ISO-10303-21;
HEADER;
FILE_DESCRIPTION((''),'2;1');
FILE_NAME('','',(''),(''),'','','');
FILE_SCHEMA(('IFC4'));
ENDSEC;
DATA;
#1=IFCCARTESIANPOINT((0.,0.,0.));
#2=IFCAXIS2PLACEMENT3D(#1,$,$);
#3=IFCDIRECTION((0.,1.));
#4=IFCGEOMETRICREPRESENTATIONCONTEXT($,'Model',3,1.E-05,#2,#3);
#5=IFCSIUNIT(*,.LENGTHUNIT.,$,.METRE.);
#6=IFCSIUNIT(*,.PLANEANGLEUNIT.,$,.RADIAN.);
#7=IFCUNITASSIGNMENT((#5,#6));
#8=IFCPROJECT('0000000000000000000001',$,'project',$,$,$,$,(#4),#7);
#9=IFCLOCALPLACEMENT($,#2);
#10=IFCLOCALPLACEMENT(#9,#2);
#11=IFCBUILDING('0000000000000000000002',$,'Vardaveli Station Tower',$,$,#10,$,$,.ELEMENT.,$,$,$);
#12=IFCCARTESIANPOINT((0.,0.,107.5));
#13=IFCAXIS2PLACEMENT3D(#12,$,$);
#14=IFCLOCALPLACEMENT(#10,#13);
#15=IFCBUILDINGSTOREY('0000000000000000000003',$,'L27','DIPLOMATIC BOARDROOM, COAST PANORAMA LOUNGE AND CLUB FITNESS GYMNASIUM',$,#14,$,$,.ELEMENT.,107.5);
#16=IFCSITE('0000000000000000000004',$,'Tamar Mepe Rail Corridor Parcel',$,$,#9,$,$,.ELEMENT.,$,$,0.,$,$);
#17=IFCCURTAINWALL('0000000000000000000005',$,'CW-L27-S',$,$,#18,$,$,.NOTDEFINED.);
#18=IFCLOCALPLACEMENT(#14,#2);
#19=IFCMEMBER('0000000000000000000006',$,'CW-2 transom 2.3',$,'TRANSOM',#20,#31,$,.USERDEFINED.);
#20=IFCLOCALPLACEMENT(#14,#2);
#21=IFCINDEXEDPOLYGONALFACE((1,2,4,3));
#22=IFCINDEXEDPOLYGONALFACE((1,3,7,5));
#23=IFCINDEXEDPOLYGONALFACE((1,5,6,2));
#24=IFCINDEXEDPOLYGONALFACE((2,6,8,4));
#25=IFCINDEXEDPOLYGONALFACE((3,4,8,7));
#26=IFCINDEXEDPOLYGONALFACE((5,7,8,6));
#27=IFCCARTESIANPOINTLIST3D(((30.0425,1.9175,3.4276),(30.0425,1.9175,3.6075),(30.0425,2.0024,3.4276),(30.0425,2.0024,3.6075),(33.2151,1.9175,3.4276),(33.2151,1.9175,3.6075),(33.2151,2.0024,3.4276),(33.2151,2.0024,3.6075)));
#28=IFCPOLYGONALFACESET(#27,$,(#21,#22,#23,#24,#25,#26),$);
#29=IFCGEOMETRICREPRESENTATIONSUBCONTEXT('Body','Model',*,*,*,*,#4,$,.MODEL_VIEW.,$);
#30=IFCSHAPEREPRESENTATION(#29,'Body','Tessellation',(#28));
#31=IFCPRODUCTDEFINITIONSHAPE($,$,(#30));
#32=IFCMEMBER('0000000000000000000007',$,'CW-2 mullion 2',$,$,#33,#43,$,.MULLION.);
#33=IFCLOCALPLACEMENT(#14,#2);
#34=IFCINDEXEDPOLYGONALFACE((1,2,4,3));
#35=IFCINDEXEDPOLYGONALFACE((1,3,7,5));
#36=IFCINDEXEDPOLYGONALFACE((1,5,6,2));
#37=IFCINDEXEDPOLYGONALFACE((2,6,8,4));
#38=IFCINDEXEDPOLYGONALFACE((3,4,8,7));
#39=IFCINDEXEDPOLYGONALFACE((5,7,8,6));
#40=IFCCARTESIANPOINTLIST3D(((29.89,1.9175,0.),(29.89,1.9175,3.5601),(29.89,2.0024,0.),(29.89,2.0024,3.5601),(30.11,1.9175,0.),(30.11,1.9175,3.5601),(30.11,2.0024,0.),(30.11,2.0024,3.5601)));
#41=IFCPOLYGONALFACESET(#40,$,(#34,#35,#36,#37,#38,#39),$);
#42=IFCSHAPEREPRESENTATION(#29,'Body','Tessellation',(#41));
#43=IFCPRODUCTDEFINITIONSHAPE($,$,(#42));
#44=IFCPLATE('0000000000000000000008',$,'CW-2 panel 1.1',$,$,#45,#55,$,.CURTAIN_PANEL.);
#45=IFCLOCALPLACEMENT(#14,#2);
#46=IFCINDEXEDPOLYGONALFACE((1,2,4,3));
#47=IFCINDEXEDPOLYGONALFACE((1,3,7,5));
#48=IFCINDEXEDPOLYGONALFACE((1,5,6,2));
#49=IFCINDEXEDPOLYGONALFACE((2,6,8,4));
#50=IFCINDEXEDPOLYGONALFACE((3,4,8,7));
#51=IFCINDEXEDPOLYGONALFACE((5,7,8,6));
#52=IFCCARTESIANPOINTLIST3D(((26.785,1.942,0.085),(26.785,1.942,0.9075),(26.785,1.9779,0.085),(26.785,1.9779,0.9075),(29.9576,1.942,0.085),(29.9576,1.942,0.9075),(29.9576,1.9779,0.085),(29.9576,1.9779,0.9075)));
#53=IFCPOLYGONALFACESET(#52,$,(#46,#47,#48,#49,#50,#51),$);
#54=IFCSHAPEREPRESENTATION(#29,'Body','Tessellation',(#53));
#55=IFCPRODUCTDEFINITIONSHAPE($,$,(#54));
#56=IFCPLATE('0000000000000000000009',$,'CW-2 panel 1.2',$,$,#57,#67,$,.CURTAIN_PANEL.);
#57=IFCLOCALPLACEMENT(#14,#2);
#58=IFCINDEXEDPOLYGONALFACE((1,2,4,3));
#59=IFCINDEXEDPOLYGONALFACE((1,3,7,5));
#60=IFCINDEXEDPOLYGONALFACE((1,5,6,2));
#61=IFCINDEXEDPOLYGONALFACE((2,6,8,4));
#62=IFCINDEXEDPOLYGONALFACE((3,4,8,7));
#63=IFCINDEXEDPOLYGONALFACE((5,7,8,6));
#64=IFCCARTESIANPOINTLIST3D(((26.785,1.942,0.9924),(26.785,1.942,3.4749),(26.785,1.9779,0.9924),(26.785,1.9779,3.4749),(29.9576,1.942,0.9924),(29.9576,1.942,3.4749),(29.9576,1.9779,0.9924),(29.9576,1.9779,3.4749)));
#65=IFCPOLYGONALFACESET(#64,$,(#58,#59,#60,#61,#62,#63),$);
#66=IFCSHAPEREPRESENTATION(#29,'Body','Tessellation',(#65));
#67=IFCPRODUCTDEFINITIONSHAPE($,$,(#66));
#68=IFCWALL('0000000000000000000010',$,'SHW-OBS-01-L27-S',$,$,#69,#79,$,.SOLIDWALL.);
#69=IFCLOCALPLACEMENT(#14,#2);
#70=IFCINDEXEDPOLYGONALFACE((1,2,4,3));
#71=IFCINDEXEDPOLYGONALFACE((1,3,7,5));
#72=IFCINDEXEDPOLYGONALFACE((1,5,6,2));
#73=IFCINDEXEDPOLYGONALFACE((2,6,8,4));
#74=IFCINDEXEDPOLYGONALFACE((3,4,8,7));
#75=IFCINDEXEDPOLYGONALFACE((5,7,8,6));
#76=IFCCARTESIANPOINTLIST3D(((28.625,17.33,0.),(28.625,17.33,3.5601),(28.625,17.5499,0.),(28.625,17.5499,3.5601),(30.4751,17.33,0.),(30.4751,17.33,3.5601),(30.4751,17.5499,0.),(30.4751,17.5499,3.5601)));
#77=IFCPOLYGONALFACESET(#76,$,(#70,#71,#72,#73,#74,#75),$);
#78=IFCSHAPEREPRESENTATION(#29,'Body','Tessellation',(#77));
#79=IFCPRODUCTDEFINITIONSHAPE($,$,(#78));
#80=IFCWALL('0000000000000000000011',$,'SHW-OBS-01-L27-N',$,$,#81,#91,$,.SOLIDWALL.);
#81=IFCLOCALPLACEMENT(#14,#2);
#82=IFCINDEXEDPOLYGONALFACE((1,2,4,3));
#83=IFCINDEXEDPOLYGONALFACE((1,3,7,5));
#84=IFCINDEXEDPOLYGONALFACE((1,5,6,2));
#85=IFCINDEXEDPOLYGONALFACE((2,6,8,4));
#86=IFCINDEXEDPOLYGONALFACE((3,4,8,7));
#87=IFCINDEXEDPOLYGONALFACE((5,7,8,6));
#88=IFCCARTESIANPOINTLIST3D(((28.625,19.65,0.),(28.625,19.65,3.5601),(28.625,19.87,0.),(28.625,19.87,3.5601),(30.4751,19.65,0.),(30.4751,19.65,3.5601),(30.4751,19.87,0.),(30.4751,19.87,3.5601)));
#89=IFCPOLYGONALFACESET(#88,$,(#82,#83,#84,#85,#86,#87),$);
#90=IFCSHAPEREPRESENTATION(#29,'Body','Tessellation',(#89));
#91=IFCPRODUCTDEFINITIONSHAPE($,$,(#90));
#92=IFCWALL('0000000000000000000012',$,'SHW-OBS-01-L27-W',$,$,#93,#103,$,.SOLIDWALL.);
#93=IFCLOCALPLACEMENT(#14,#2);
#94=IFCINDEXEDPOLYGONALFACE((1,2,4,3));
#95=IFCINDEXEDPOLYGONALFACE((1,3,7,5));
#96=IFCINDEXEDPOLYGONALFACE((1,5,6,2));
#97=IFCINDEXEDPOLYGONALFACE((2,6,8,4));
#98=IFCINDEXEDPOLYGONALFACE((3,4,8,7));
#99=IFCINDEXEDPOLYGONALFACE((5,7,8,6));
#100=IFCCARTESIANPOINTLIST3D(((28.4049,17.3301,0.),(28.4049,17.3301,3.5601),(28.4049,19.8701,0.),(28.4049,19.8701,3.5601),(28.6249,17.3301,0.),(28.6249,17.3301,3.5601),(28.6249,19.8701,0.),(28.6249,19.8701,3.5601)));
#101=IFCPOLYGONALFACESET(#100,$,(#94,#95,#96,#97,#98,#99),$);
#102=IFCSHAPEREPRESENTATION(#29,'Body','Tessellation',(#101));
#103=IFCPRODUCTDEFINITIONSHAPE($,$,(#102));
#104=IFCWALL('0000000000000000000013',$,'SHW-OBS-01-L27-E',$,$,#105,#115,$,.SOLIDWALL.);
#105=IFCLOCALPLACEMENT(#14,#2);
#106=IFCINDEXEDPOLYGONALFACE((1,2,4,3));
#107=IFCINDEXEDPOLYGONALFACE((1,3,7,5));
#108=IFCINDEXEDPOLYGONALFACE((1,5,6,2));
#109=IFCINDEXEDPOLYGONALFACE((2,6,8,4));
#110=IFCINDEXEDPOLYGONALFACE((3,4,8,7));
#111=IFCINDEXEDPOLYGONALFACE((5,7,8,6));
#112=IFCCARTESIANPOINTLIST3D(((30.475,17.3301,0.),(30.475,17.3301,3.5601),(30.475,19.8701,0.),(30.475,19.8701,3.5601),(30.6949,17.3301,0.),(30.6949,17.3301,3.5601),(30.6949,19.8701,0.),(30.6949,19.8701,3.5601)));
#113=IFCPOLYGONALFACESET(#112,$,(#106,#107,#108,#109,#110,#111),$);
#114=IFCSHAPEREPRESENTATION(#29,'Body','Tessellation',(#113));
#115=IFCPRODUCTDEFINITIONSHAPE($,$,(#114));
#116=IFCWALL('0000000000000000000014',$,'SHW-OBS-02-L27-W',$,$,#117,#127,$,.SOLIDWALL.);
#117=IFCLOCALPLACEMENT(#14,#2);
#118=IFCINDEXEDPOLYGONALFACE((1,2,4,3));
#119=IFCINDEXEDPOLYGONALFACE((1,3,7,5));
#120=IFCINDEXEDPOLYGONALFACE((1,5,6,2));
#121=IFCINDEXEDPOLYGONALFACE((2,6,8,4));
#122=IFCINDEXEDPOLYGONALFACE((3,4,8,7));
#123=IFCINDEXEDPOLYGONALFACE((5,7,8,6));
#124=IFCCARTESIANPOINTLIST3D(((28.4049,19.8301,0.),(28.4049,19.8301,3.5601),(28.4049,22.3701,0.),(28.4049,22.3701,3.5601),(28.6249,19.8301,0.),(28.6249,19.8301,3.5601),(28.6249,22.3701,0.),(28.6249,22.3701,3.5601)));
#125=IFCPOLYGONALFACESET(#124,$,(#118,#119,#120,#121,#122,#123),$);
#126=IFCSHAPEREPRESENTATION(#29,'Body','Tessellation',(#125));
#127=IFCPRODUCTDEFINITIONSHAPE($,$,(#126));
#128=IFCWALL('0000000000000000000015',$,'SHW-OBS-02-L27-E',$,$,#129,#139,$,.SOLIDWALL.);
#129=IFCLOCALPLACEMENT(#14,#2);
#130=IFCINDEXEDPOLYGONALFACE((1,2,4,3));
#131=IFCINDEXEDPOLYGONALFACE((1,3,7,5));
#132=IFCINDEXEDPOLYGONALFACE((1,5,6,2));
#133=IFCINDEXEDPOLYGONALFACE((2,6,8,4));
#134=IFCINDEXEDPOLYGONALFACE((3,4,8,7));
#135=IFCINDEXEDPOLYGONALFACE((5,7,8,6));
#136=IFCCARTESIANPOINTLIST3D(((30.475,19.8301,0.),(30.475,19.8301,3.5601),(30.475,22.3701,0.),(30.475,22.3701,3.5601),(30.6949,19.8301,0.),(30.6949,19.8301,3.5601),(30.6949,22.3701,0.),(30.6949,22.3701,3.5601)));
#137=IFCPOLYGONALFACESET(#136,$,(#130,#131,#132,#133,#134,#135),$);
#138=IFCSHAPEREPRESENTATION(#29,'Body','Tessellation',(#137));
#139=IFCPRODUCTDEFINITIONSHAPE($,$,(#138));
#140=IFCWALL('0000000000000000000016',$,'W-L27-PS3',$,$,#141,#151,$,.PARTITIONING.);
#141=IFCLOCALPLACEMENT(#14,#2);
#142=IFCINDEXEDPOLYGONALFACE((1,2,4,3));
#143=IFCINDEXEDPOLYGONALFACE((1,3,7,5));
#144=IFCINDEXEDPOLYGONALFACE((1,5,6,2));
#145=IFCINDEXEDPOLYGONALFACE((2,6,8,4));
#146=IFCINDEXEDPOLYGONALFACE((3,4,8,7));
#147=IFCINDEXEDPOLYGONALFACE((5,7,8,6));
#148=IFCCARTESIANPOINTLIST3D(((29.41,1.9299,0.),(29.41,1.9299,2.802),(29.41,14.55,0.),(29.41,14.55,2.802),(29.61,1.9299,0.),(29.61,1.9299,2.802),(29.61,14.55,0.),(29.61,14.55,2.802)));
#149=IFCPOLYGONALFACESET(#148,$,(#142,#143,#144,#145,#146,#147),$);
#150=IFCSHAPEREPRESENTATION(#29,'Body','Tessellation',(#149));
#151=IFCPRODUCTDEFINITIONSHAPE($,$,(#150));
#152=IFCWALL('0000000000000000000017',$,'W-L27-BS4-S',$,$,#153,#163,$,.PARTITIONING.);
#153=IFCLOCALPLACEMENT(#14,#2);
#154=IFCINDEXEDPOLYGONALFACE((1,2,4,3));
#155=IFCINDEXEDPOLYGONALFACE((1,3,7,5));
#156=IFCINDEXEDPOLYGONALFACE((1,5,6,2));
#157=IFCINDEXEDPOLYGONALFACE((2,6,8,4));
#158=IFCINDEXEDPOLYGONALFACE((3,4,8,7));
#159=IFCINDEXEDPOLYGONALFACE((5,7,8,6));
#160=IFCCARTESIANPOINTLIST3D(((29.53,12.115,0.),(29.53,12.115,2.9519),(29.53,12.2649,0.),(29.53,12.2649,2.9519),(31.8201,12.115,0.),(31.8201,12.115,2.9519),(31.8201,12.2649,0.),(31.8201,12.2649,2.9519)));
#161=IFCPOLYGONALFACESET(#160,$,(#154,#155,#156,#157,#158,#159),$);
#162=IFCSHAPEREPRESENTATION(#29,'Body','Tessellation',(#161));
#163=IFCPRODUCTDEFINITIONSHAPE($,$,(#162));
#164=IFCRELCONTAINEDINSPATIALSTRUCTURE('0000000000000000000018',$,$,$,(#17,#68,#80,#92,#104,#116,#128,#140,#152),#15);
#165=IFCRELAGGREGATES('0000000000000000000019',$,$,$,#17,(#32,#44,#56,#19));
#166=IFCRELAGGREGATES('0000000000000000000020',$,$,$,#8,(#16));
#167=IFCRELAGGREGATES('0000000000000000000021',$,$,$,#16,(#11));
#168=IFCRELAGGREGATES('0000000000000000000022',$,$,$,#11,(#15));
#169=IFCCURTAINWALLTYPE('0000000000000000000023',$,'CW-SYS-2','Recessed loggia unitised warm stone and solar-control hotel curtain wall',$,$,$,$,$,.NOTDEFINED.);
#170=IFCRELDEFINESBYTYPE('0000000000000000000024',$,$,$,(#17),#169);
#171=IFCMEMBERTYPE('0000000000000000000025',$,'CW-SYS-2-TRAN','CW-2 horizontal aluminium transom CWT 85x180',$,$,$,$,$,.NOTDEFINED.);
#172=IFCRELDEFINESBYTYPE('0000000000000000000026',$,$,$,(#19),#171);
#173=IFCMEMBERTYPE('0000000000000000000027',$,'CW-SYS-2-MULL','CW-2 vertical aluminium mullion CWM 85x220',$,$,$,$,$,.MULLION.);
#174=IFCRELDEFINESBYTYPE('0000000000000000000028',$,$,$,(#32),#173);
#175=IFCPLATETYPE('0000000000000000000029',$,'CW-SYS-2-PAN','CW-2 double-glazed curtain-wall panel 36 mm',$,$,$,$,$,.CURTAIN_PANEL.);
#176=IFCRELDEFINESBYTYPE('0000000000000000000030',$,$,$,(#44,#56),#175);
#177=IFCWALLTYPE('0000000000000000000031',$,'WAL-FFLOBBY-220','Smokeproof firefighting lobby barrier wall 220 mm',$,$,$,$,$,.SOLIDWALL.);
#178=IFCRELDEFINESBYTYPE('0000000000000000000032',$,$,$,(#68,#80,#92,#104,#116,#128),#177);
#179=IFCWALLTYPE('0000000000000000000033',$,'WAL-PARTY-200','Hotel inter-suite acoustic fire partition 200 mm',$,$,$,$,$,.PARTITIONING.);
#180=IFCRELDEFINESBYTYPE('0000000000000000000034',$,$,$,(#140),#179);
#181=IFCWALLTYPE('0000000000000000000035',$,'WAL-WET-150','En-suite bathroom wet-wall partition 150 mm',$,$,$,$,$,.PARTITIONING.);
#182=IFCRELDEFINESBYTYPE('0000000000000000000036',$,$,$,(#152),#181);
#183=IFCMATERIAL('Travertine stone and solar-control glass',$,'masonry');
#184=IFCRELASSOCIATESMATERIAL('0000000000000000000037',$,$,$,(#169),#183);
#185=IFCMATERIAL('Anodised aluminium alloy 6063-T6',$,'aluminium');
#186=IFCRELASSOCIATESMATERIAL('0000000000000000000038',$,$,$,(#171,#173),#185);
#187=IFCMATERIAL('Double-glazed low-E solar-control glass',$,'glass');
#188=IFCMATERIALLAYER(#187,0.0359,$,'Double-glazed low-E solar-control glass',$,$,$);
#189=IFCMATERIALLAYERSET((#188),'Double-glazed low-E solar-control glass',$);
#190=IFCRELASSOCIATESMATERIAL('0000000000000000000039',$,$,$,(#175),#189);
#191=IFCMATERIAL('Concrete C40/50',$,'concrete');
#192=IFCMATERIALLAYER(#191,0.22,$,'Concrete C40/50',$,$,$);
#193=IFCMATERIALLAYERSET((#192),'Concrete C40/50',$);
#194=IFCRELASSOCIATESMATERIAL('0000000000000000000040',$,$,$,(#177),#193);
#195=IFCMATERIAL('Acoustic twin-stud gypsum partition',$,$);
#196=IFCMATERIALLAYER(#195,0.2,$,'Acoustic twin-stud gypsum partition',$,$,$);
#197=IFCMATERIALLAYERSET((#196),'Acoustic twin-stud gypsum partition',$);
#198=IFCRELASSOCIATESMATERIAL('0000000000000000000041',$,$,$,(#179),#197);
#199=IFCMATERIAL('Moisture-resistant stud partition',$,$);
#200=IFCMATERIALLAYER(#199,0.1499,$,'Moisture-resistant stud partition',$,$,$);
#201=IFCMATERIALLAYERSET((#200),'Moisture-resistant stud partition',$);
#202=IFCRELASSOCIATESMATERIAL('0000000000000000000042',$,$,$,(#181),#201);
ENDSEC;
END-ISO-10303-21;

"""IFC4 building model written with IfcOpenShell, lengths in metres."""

from ifc_helpers import new_model, si_unit, direction, frame, frame_2d, origin, origin_2d, place, context, subcontext, project, spatial, rectangle, extrude, source, transform, mapped, material, layer, layer_set, material_profile, profile_set, type_object, element, aggregate, save


model = new_model("IFC4")

# Units and contexts
model_context = context("Model", 3, precision=1e-05, world=origin(), true_north=direction((0.0, 1.0)))
body_context = subcontext(model_context, "Body", "Model", "MODEL_VIEW")
ifc_project = project(units=[si_unit("LENGTHUNIT", "METRE"), si_unit("PLANEANGLEUNIT", "RADIAN")], contexts=[model_context])

# Site, building, storey
site_placement = place(None, origin())
site = spatial("IfcSite", under=ifc_project, at=site_placement, Name="Tamar Mepe Rail Corridor Parcel", CompositionType="ELEMENT", RefElevation=0.0)
building_placement = place(site_placement, origin())
building = spatial("IfcBuilding", under=site, at=building_placement, Name="Vardaveli Station Tower", CompositionType="ELEMENT")
storey_placement = place(building_placement, frame((0.0, 0.0, 107.5)))
storey = spatial("IfcBuildingStorey", under=building, at=storey_placement, Name="L27", Description="DIPLOMATIC BOARDROOM, COAST PANORAMA LOUNGE AND CLUB FITNESS GYMNASIUM", CompositionType="ELEMENT", Elevation=107.5)

# Curtain wall, members, plates
ifc_material_1 = material(Name="Travertine stone and solar-control glass", Category="masonry")
curtain_wall_type = type_object("IfcCurtainWallType", Name="CW-SYS-2", Description="Recessed loggia unitised warm stone and solar-control hotel curtain wall", PredefinedType="NOTDEFINED", material=ifc_material_1)
curtain_wall_placement = place(storey_placement, origin())
curtain_wall = element("IfcCurtainWall", 1, at=curtain_wall_placement, inside=storey, type_object=curtain_wall_type, Name="CW-L27-S", PredefinedType="NOTDEFINED")
ifc_material_2 = material(Name="Anodised aluminium alloy 6063-T6", Category="aluminium")
ifc_material_profile_1 = material_profile(ifc_material_2, rectangle(XDim=0.085, YDim=0.1799, at=origin_2d()), Name="CWT 85x180")
ifc_profile_set_1 = profile_set([ifc_material_profile_1], Name="Anodised aluminium alloy 6063-T6")
member_type_1 = type_object("IfcMemberType", Name="CW-SYS-2-TRAN", Description="CW-2 horizontal aluminium transom CWT 85x180", PredefinedType="NOTDEFINED", material=ifc_profile_set_1)
shared_shape_1 = source(origin(), body_context, "Body", "SweptSolid", [
    extrude(rectangle(XDim=0.085, YDim=0.1799, at=origin_2d()), origin(), (0.0, 0.0, 1.0), 3.1726),
])
member_1_placement = place(storey_placement, frame((30.0425, 1.96, 3.5176), z_axis=(1.0, 0.0, 0.0), x_axis=(0.0, 1.0, 0.0)))
member_1 = element("IfcMember", 2, at=member_1_placement, type_object=member_type_1, Name="CW-2 transom 2.3", ObjectType="TRANSOM", PredefinedType="USERDEFINED", context=body_context, shape_type="MappedRepresentation", body=[
    mapped(shared_shape_1, transform((0.0, 0.0, 0.0), scale=1.0)),
])
ifc_material_profile_2 = material_profile(ifc_material_2, rectangle(XDim=0.085, YDim=0.22, at=origin_2d()), Name="CWM 85x220")
ifc_profile_set_2 = profile_set([ifc_material_profile_2], Name="Anodised aluminium alloy 6063-T6")
member_type_2 = type_object("IfcMemberType", Name="CW-SYS-2-MULL", Description="CW-2 vertical aluminium mullion CWM 85x220", PredefinedType="MULLION", material=ifc_profile_set_2)
shared_shape_2 = source(origin(), body_context, "Body", "SweptSolid", [
    extrude(rectangle(XDim=0.085, YDim=0.22, at=origin_2d()), origin(), (0.0, 0.0, 1.0), 3.5601),
])
member_2_placement = place(storey_placement, frame((30.0, 1.96, 0.0), z_axis=(0.0, 0.0, 1.0), x_axis=(0.0, 1.0, 0.0)))
member_2 = element("IfcMember", 3, at=member_2_placement, type_object=member_type_2, Name="CW-2 mullion 2", PredefinedType="MULLION", context=body_context, shape_type="MappedRepresentation", body=[
    mapped(shared_shape_2, transform((0.0, 0.0, 0.0), scale=1.0)),
])
ifc_material_3 = material(Name="Double-glazed low-E solar-control glass", Category="glass")
ifc_layer_1 = layer(ifc_material_3, 0.0359, Name="Double-glazed low-E solar-control glass")
ifc_layer_set_1 = layer_set([ifc_layer_1], Name="Double-glazed low-E solar-control glass")
plate_type = type_object("IfcPlateType", Name="CW-SYS-2-PAN", Description="CW-2 double-glazed curtain-wall panel 36 mm", PredefinedType="CURTAIN_PANEL", material=ifc_layer_set_1)
shared_shape_3 = source(origin(), body_context, "Body", "SweptSolid", [
    extrude(rectangle(XDim=3.1726, YDim=0.0359, at=origin_2d()), origin(), (0.0, 0.0, 1.0), 0.8225),
])
plate_1_placement = place(storey_placement, frame((28.3713, 1.96, 0.085), z_axis=(0.0, 0.0, 1.0), x_axis=(1.0, 0.0, 0.0)))
plate_1 = element("IfcPlate", 4, at=plate_1_placement, type_object=plate_type, Name="CW-2 panel 1.1", PredefinedType="CURTAIN_PANEL", context=body_context, shape_type="MappedRepresentation", body=[
    mapped(shared_shape_3, transform((0.0, 0.0, 0.0), scale=1.0)),
])
shared_shape_4 = source(origin(), body_context, "Body", "SweptSolid", [
    extrude(rectangle(XDim=3.1726, YDim=0.0359, at=origin_2d()), origin(), (0.0, 0.0, 1.0), 2.4824),
])
plate_2_placement = place(storey_placement, frame((28.3713, 1.96, 0.9924), z_axis=(0.0, 0.0, 1.0), x_axis=(1.0, 0.0, 0.0)))
plate_2 = element("IfcPlate", 5, at=plate_2_placement, type_object=plate_type, Name="CW-2 panel 1.2", PredefinedType="CURTAIN_PANEL", context=body_context, shape_type="MappedRepresentation", body=[
    mapped(shared_shape_4, transform((0.0, 0.0, 0.0), scale=1.0)),
])
aggregate(curtain_wall, [member_2, plate_1, plate_2, member_1])

# Walls
ifc_material_4 = material(Name="Concrete C40/50", Category="concrete")
ifc_layer_2 = layer(ifc_material_4, 0.22, Name="Concrete C40/50")
ifc_layer_set_2 = layer_set([ifc_layer_2], Name="Concrete C40/50")
wall_type_1 = type_object("IfcWallType", Name="WAL-FFLOBBY-220", Description="Smokeproof firefighting lobby barrier wall 220 mm", PredefinedType="SOLIDWALL", material=ifc_layer_set_2)
shared_shape_5 = source(origin(), body_context, "Body", "SweptSolid", [
    extrude(rectangle(XDim=1.8501, YDim=0.22, at=frame_2d((0.925, 0.0))), origin(), (0.0, 0.0, 1.0), 3.5601),
])
for number, where, z_axis, x_axis, name in (
    (6, (28.625, 17.4399, 0.0), (0.0, 0.0, 1.0), (1.0, 0.0, 0.0), "SHW-OBS-01-L27-S"),
    (7, (28.625, 19.76, 0.0), (0.0, 0.0, 1.0), (1.0, 0.0, 0.0), "SHW-OBS-01-L27-N"),
):
    element("IfcWall", number, at=place(storey_placement, frame(where, z_axis=z_axis, x_axis=x_axis)), inside=storey, type_object=wall_type_1, Name=name, PredefinedType="SOLIDWALL", context=body_context, shape_type="MappedRepresentation", body=[
        mapped(shared_shape_5, transform((0.0, 0.0, 0.0), scale=1.0)),
    ])
shared_shape_6 = source(origin(), body_context, "Body", "SweptSolid", [
    extrude(rectangle(XDim=2.54, YDim=0.22, at=frame_2d((1.27, 0.0))), origin(), (0.0, 0.0, 1.0), 3.5601),
])
for number, where, z_axis, x_axis, name in (
    (8, (28.5149, 17.3301, 0.0), (0.0, 0.0, 1.0), (0.0, 1.0, 0.0), "SHW-OBS-01-L27-W"),
    (9, (30.585, 17.3301, 0.0), (0.0, 0.0, 1.0), (0.0, 1.0, 0.0), "SHW-OBS-01-L27-E"),
    (10, (28.5149, 19.8301, 0.0), (0.0, 0.0, 1.0), (0.0, 1.0, 0.0), "SHW-OBS-02-L27-W"),
    (11, (30.585, 19.8301, 0.0), (0.0, 0.0, 1.0), (0.0, 1.0, 0.0), "SHW-OBS-02-L27-E"),
):
    element("IfcWall", number, at=place(storey_placement, frame(where, z_axis=z_axis, x_axis=x_axis)), inside=storey, type_object=wall_type_1, Name=name, PredefinedType="SOLIDWALL", context=body_context, shape_type="MappedRepresentation", body=[
        mapped(shared_shape_6, transform((0.0, 0.0, 0.0), scale=1.0)),
    ])
ifc_material_5 = material(Name="Acoustic twin-stud gypsum partition")
ifc_layer_3 = layer(ifc_material_5, 0.2, Name="Acoustic twin-stud gypsum partition")
ifc_layer_set_3 = layer_set([ifc_layer_3], Name="Acoustic twin-stud gypsum partition")
wall_type_2 = type_object("IfcWallType", Name="WAL-PARTY-200", Description="Hotel inter-suite acoustic fire partition 200 mm", PredefinedType="PARTITIONING", material=ifc_layer_set_3)
shared_shape_7 = source(origin(), body_context, "Body", "SweptSolid", [
    extrude(rectangle(XDim=12.6201, YDim=0.2, at=frame_2d((6.3101, 0.0))), origin(), (0.0, 0.0, 1.0), 2.802),
])
wall_1_placement = place(storey_placement, frame((29.51, 1.9299, 0.0), z_axis=(0.0, 0.0, 1.0), x_axis=(0.0, 1.0, 0.0)))
element("IfcWall", 12, at=wall_1_placement, inside=storey, type_object=wall_type_2, Name="W-L27-PS3", PredefinedType="PARTITIONING", context=body_context, shape_type="MappedRepresentation", body=[
    mapped(shared_shape_7, transform((0.0, 0.0, 0.0), scale=1.0)),
])
ifc_material_6 = material(Name="Moisture-resistant stud partition")
ifc_layer_4 = layer(ifc_material_6, 0.1499, Name="Moisture-resistant stud partition")
ifc_layer_set_4 = layer_set([ifc_layer_4], Name="Moisture-resistant stud partition")
wall_type_3 = type_object("IfcWallType", Name="WAL-WET-150", Description="En-suite bathroom wet-wall partition 150 mm", PredefinedType="PARTITIONING", material=ifc_layer_set_4)
shared_shape_8 = source(origin(), body_context, "Body", "SweptSolid", [
    extrude(rectangle(XDim=2.29, YDim=0.1499, at=frame_2d((1.145, 0.0))), origin(), (0.0, 0.0, 1.0), 2.9519),
])
wall_2_placement = place(storey_placement, frame((29.53, 12.1899, 0.0), z_axis=(0.0, 0.0, 1.0), x_axis=(1.0, 0.0, 0.0)))
element("IfcWall", 13, at=wall_2_placement, inside=storey, type_object=wall_type_3, Name="W-L27-BS4-S", PredefinedType="PARTITIONING", context=body_context, shape_type="MappedRepresentation", body=[
    mapped(shared_shape_8, transform((0.0, 0.0, 0.0), scale=1.0)),
])

save(model, "model.ifc")
